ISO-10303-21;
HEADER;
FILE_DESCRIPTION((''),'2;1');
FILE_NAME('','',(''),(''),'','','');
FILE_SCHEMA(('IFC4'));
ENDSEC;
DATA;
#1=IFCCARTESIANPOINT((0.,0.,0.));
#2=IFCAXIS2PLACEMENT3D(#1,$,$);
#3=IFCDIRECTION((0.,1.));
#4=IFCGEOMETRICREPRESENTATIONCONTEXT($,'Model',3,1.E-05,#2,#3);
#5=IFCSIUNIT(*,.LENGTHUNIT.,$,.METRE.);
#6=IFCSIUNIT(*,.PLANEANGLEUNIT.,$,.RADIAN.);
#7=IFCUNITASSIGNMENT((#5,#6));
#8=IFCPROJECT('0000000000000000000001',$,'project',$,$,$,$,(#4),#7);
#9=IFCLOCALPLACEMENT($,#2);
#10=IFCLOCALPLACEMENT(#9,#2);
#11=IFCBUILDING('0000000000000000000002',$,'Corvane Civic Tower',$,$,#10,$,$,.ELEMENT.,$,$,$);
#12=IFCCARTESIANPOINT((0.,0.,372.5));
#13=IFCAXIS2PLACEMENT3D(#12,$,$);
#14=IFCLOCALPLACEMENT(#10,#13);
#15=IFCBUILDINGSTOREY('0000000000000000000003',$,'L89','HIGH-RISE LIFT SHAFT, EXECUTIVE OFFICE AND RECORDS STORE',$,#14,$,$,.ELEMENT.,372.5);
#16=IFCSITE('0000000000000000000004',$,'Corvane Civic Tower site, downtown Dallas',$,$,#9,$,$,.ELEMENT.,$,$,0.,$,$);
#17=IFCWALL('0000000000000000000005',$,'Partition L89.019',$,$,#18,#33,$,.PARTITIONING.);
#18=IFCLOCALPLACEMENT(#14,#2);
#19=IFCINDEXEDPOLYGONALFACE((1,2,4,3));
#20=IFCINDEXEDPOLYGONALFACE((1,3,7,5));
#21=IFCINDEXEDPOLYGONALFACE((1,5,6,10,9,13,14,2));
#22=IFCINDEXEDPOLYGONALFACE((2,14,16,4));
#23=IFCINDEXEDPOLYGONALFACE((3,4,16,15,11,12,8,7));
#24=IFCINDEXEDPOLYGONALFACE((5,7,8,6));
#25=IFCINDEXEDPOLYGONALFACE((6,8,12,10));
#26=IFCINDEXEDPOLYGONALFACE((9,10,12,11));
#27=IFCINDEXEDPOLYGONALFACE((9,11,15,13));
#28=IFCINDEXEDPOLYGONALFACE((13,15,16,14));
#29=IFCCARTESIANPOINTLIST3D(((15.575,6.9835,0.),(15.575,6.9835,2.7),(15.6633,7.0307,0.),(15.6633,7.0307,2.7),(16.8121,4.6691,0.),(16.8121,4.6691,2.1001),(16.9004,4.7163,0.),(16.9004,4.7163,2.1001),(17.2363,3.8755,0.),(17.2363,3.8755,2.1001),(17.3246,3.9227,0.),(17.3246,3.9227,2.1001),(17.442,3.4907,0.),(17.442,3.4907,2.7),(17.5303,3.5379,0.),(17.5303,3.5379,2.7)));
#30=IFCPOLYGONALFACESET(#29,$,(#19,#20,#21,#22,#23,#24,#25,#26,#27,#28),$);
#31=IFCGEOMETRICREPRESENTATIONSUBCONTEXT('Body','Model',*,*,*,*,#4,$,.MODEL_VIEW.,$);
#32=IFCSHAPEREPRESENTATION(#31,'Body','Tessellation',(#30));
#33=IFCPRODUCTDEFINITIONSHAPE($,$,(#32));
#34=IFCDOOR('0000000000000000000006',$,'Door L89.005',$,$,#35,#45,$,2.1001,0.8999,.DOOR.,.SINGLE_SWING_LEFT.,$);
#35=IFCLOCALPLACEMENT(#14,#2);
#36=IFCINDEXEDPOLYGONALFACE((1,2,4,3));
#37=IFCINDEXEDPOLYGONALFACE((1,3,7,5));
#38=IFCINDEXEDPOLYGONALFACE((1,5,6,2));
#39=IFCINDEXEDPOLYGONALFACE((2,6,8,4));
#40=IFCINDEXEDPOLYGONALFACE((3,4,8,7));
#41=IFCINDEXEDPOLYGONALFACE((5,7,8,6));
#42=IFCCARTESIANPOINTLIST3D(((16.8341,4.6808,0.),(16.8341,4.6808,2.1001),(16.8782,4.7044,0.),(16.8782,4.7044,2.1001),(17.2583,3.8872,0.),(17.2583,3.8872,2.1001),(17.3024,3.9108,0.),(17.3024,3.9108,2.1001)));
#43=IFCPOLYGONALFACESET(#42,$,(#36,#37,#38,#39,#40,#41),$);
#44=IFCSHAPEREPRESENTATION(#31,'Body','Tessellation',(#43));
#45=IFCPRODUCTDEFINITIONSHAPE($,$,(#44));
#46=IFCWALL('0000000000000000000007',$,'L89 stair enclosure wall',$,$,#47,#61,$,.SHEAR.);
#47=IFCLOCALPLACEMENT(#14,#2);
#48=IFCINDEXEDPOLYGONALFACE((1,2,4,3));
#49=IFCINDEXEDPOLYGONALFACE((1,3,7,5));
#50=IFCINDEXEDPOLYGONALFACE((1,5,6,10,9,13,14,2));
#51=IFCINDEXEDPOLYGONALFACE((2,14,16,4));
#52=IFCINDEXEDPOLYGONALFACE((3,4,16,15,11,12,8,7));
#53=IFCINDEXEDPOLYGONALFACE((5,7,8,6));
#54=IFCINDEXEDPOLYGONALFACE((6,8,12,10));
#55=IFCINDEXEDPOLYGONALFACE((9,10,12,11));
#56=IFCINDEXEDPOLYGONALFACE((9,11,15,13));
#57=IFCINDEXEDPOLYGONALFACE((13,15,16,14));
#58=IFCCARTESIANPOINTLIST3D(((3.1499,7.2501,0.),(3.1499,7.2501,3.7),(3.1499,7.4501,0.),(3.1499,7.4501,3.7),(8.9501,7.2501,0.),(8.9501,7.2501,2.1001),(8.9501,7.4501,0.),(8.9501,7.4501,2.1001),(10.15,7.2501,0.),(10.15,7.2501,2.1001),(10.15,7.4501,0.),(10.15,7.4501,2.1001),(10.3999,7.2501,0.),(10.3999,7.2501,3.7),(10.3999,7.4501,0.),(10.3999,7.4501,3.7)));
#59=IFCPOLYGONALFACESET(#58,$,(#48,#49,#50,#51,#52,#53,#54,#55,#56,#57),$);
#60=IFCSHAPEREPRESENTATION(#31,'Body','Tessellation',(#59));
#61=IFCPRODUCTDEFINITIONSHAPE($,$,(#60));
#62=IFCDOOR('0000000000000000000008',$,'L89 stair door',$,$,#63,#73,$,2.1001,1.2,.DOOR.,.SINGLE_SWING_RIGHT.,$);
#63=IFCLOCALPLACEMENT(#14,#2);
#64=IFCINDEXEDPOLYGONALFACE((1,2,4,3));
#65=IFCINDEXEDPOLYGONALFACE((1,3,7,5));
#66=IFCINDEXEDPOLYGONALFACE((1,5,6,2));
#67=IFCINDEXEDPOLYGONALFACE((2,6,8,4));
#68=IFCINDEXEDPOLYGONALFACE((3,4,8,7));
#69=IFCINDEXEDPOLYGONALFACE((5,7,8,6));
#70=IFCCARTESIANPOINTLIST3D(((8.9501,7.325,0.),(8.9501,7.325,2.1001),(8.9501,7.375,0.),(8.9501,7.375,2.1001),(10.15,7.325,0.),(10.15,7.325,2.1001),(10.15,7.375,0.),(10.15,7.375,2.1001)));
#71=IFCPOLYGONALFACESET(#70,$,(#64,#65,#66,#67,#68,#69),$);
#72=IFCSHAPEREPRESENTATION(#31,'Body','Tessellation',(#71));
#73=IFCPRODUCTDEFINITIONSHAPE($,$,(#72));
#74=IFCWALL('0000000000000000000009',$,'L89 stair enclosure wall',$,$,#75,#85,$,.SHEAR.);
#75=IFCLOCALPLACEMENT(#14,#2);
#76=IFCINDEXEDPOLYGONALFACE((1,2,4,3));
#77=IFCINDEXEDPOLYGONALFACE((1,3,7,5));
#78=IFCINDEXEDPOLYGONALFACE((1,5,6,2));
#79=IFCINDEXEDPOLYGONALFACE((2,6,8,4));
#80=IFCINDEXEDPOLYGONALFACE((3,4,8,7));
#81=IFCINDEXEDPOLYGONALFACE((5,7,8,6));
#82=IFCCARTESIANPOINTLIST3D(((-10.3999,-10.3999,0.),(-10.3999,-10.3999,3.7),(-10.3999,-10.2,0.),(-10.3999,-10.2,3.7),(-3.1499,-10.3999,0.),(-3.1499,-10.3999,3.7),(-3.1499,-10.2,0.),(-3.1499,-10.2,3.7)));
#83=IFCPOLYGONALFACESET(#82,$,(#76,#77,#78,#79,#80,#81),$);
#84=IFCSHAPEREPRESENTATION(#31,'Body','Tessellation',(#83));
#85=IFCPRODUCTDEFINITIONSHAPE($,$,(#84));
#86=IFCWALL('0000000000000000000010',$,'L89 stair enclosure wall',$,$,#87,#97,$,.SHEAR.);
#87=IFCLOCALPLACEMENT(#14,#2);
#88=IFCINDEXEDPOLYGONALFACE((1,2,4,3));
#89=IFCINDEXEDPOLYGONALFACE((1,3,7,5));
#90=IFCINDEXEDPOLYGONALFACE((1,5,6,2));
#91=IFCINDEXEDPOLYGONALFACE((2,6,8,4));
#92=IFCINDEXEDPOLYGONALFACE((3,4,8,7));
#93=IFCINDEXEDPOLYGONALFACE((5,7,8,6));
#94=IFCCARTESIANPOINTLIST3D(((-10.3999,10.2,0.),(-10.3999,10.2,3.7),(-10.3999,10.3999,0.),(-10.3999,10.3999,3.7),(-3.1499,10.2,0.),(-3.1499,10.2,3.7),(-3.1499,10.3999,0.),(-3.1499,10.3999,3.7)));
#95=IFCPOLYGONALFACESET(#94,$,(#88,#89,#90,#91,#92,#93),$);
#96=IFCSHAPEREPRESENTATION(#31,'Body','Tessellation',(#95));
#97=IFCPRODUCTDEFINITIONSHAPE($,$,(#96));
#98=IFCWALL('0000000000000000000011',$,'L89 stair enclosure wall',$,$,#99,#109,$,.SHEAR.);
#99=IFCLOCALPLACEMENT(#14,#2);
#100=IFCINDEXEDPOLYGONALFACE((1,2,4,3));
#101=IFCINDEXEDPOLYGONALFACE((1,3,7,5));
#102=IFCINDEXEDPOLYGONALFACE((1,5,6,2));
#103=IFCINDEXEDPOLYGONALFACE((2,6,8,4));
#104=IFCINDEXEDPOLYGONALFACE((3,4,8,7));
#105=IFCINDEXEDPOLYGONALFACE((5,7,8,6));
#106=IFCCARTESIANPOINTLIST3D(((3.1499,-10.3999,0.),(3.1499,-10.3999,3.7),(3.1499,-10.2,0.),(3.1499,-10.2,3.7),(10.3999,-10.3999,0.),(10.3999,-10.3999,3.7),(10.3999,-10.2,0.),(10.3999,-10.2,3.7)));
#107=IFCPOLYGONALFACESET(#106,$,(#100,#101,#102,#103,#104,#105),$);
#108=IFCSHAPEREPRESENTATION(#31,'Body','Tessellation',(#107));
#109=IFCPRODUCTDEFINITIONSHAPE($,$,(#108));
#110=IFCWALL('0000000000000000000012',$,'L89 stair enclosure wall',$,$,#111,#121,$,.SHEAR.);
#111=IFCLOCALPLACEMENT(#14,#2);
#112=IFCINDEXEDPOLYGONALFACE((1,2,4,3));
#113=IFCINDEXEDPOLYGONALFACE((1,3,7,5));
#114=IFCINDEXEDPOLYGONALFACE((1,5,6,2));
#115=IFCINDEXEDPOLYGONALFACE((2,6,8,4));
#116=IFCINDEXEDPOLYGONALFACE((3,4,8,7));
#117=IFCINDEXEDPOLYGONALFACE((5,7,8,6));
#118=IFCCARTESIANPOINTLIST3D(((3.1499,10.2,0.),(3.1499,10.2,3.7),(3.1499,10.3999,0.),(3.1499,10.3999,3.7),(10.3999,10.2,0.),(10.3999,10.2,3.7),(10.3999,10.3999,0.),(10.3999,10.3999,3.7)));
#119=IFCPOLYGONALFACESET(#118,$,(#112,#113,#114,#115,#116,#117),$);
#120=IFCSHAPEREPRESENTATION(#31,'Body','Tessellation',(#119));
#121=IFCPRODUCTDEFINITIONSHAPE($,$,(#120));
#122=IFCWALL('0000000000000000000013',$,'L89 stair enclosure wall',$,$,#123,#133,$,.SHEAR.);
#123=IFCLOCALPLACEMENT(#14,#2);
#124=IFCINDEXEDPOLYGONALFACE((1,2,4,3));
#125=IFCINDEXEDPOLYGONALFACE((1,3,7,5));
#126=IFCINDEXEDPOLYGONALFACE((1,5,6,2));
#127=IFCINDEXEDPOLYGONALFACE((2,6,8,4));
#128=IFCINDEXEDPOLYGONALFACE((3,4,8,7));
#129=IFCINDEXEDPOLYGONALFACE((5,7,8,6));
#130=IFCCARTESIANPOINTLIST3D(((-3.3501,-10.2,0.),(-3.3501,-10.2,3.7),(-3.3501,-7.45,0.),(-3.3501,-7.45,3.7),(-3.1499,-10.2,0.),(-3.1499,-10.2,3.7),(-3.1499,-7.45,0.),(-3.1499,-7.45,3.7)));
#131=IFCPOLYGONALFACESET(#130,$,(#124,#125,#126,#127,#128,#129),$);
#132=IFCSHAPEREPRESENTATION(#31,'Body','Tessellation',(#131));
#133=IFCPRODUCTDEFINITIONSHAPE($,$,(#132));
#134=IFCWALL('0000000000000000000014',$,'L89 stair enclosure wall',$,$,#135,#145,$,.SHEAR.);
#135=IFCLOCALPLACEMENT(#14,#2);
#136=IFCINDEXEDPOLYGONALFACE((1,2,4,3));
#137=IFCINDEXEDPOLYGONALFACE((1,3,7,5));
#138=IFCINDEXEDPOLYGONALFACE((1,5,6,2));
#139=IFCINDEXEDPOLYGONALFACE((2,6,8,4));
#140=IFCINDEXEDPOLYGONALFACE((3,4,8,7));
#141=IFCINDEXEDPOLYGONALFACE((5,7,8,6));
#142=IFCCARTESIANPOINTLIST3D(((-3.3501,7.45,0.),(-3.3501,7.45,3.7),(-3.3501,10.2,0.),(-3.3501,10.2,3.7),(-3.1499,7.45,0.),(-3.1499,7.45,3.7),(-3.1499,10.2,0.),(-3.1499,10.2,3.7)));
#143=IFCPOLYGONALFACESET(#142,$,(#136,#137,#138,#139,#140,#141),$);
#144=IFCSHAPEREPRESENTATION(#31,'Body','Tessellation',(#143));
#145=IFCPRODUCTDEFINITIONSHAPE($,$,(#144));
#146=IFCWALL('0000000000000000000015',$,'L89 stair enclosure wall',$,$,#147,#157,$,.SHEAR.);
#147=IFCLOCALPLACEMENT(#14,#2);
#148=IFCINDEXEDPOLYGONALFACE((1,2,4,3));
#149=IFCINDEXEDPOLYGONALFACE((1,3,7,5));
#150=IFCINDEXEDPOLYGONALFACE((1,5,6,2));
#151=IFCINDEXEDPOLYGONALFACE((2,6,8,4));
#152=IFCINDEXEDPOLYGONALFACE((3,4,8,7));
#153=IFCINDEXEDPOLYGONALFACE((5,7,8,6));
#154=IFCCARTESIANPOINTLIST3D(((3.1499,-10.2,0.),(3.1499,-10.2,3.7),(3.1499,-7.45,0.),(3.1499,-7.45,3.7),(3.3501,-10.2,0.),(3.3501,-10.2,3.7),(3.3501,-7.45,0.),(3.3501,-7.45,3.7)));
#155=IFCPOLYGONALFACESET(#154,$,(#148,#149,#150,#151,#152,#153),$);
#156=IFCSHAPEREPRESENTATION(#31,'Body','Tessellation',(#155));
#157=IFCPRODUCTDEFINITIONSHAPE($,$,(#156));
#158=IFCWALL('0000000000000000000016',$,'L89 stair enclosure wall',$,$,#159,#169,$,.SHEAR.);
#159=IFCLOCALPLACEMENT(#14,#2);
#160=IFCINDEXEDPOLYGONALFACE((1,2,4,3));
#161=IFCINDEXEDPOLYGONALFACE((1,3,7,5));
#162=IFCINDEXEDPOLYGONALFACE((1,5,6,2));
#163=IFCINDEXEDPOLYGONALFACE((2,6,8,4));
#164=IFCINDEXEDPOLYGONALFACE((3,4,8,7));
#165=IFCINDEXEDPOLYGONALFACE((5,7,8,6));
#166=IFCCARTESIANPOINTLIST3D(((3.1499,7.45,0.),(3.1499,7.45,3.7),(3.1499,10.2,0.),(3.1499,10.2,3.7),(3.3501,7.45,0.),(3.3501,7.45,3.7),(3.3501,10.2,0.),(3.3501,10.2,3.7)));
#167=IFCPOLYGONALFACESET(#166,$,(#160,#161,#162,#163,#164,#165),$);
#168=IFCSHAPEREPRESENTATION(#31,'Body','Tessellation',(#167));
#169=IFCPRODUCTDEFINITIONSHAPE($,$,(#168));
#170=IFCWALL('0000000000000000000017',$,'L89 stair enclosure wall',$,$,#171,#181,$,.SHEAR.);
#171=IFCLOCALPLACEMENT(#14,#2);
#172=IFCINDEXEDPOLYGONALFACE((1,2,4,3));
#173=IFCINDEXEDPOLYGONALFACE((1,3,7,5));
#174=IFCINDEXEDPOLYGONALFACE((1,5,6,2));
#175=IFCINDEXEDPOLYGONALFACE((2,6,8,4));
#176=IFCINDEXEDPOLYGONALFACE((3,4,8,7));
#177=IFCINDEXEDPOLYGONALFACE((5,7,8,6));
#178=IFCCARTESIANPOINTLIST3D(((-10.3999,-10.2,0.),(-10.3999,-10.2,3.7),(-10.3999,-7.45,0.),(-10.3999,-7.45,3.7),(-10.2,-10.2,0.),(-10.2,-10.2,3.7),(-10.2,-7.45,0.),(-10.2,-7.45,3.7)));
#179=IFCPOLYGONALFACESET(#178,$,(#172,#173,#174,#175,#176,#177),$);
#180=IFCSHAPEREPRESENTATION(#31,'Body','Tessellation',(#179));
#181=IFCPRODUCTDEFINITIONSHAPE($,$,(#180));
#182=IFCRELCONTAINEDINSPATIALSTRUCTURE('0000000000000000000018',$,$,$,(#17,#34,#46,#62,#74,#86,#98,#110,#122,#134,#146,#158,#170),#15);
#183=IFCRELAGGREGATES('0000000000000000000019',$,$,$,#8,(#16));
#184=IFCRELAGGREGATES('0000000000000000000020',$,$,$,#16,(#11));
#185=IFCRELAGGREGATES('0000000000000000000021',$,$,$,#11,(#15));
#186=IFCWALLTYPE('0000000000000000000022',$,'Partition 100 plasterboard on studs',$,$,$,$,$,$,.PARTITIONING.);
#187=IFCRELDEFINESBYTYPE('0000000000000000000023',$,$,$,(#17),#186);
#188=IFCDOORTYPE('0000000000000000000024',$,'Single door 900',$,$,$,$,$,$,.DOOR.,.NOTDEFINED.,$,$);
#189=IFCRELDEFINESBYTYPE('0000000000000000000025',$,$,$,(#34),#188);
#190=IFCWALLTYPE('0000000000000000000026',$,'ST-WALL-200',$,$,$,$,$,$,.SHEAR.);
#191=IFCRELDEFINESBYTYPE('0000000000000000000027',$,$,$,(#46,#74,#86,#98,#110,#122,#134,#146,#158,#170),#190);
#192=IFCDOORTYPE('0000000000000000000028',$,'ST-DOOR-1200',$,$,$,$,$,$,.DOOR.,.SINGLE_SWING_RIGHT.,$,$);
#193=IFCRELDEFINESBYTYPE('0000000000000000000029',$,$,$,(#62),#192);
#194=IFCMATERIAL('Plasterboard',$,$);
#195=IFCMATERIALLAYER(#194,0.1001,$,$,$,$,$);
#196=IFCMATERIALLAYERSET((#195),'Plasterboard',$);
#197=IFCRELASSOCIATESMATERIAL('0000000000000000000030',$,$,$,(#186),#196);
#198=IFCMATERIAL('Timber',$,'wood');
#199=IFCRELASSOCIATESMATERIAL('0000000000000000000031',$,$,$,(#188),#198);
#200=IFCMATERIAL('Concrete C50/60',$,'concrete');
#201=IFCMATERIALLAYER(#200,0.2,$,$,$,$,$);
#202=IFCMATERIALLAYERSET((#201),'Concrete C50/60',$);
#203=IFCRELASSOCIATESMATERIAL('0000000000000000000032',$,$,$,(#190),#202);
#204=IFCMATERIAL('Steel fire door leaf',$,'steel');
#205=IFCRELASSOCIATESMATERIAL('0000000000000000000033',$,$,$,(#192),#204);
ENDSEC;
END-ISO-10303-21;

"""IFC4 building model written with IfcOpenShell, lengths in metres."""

from ifc_helpers import new_model, si_unit, direction, frame, frame_2d, origin, place, context, subcontext, project, spatial, polyline, rectangle, outline, extrude, material, layer, layer_set, type_object, element, fill, save


model = new_model("IFC4")

# Units and contexts
model_context = context("Model", 3, precision=1e-05, world=origin(), true_north=direction((0.0, 1.0)))
body_context = subcontext(model_context, "Body", "Model", "MODEL_VIEW")
ifc_project = project(units=[si_unit("LENGTHUNIT", "METRE"), si_unit("PLANEANGLEUNIT", "RADIAN")], contexts=[model_context])

# Site, building, storey
site_placement = place(None, origin())
site = spatial("IfcSite", under=ifc_project, at=site_placement, Name="Corvane Civic Tower site, downtown Dallas", CompositionType="ELEMENT", RefElevation=0.0)
building_placement = place(site_placement, origin())
building = spatial("IfcBuilding", under=site, at=building_placement, Name="Corvane Civic Tower", CompositionType="ELEMENT")
storey_placement = place(building_placement, frame((0.0, 0.0, 372.5)))
storey = spatial("IfcBuildingStorey", under=building, at=storey_placement, Name="L89", Description="HIGH-RISE LIFT SHAFT, EXECUTIVE OFFICE AND RECORDS STORE", CompositionType="ELEMENT", Elevation=372.5)

# Shared definitions
ifc_material_1 = material(Name="Plasterboard")
ifc_layer_1 = layer(ifc_material_1, 0.1001)
ifc_layer_set_1 = layer_set([ifc_layer_1], Name="Plasterboard")
wall_type_1 = type_object("IfcWallType", Name="Partition 100 plasterboard on studs", PredefinedType="PARTITIONING", material=ifc_layer_set_1)

# Walls, openings, doors
wall_1_placement = place(storey_placement, frame((15.6191, 7.0071, 0.0), z_axis=(0.0, 0.0, 1.0), x_axis=(0.47141, -0.881914, 0.0)))
wall_1 = element("IfcWall", 1, at=wall_1_placement, inside=storey, type_object=wall_type_1, Name="Partition L89.019", PredefinedType="PARTITIONING", context=body_context, shape_type="SweptSolid", body=[
    extrude(rectangle(XDim=3.9604, YDim=0.1001, at=frame_2d((1.9802, 0.0))), origin(), (0.0, 0.0, 1.0), 2.7),
])
opening_1_placement = place(wall_1_placement, frame((2.6243, 0.0, 0.0)))
opening_1 = element("IfcOpeningElement", 2, at=opening_1_placement, cuts=wall_1, PredefinedType="OPENING", context=body_context, shape_type="SweptSolid", body=[
    extrude(rectangle(XDim=0.8999, YDim=2.1001, at=frame_2d((0.45, 1.05))), frame((0.0, 0.0601, 0.0), z_axis=(0.0, -1.0, 0.0), x_axis=(1.0, 0.0, 0.0)), (0.0, 0.0, 1.0), 0.1201),
])
ifc_material_2 = material(Name="Timber", Category="wood")
door_type_1 = type_object("IfcDoorType", Name="Single door 900", OperationType="NOTDEFINED", PredefinedType="DOOR", material=ifc_material_2)
door_1_placement = place(opening_1_placement, origin())
door_1 = element("IfcDoor", 3, at=door_1_placement, inside=storey, type_object=door_type_1, Name="Door L89.005", OperationType="SINGLE_SWING_LEFT", OverallHeight=2.1001, OverallWidth=0.8999, PredefinedType="DOOR", context=body_context, shape_type="SweptSolid", body=[
    extrude(rectangle(XDim=0.8999, YDim=2.1001, at=frame_2d((0.45, 1.05))), frame((0.0, 0.0249, 0.0), z_axis=(0.0, -1.0, 0.0), x_axis=(1.0, 0.0, 0.0)), (0.0, 0.0, 1.0), 0.05),
])
fill(opening_1, door_1)
ifc_material_3 = material(Name="Concrete C50/60", Category="concrete")
ifc_layer_2 = layer(ifc_material_3, 0.2)
ifc_layer_set_2 = layer_set([ifc_layer_2], Name="Concrete C50/60")
wall_type_2 = type_object("IfcWallType", Name="ST-WALL-200", PredefinedType="SHEAR", material=ifc_layer_set_2)
wall_2_placement = place(storey_placement, frame((3.1499, 7.3501, 0.0), z_axis=(0.0, 0.0, 1.0), x_axis=(1.0, 0.0, 0.0)))
wall_2 = element("IfcWall", 4, at=wall_2_placement, inside=storey, type_object=wall_type_2, Name="L89 stair enclosure wall", PredefinedType="SHEAR", context=body_context, shape_type="SweptSolid", body=[
    extrude(rectangle(XDim=7.25, YDim=0.2, at=frame_2d((3.625, 0.0))), origin(), (0.0, 0.0, 1.0), 3.7),
])
opening_2_placement = place(wall_2_placement, frame((5.8, 0.0, 0.0)))
opening_2 = element("IfcOpeningElement", 5, at=opening_2_placement, cuts=wall_2, PredefinedType="OPENING", context=body_context, shape_type="SweptSolid", body=[
    extrude(rectangle(XDim=1.2, YDim=2.1001, at=frame_2d((0.6001, 1.05))), frame((0.0, 0.1099, 0.0), z_axis=(0.0, -1.0, 0.0), x_axis=(1.0, 0.0, 0.0)), (0.0, 0.0, 1.0), 0.22),
])
ifc_material_4 = material(Name="Steel fire door leaf", Category="steel")
door_type_2 = type_object("IfcDoorType", Name="ST-DOOR-1200", OperationType="SINGLE_SWING_RIGHT", PredefinedType="DOOR", material=ifc_material_4)
door_2_placement = place(opening_2_placement, origin())
door_2 = element("IfcDoor", 6, at=door_2_placement, inside=storey, type_object=door_type_2, Name="L89 stair door", OperationType="SINGLE_SWING_RIGHT", OverallHeight=2.1001, OverallWidth=1.2, PredefinedType="DOOR", context=body_context, shape_type="SweptSolid", body=[
    extrude(rectangle(XDim=1.2, YDim=2.1001, at=frame_2d((0.6001, 1.05))), frame((0.0, 0.0249, 0.0), z_axis=(0.0, -1.0, 0.0), x_axis=(1.0, 0.0, 0.0)), (0.0, 0.0, 1.0), 0.05),
])
fill(opening_2, door_2)

# Walls
wall_3_placement = place(storey_placement, origin())
element("IfcWall", 7, at=wall_3_placement, inside=storey, type_object=wall_type_2, Name="L89 stair enclosure wall", PredefinedType="SHEAR", context=body_context, shape_type="SweptSolid", body=[
    extrude(outline(polyline([(-3.1499, -10.2), (-3.1499, -10.3999), (-10.3999, -10.3999), (-10.3999, -10.2), (-3.1499, -10.2)])), origin(), (0.0, 0.0, 1.0), 3.7),
])
wall_4_placement = place(storey_placement, origin())
element("IfcWall", 8, at=wall_4_placement, inside=storey, type_object=wall_type_2, Name="L89 stair enclosure wall", PredefinedType="SHEAR", context=body_context, shape_type="SweptSolid", body=[
    extrude(outline(polyline([(-3.1499, 10.2), (-10.3999, 10.2), (-10.3999, 10.3999), (-3.1499, 10.3999), (-3.1499, 10.2)])), origin(), (0.0, 0.0, 1.0), 3.7),
])
wall_5_placement = place(storey_placement, origin())
element("IfcWall", 9, at=wall_5_placement, inside=storey, type_object=wall_type_2, Name="L89 stair enclosure wall", PredefinedType="SHEAR", context=body_context, shape_type="SweptSolid", body=[
    extrude(outline(polyline([(10.3999, -10.3999), (3.1499, -10.3999), (3.1499, -10.2), (10.3999, -10.2), (10.3999, -10.3999)])), origin(), (0.0, 0.0, 1.0), 3.7),
])
wall_6_placement = place(storey_placement, origin())
element("IfcWall", 10, at=wall_6_placement, inside=storey, type_object=wall_type_2, Name="L89 stair enclosure wall", PredefinedType="SHEAR", context=body_context, shape_type="SweptSolid", body=[
    extrude(outline(polyline([(10.3999, 10.2), (3.1499, 10.2), (3.1499, 10.3999), (10.3999, 10.3999), (10.3999, 10.2)])), origin(), (0.0, 0.0, 1.0), 3.7),
])
wall_7_placement = place(storey_placement, origin())
element("IfcWall", 11, at=wall_7_placement, inside=storey, type_object=wall_type_2, Name="L89 stair enclosure wall", PredefinedType="SHEAR", context=body_context, shape_type="SweptSolid", body=[
    extrude(outline(polyline([(-3.1499, -7.45), (-3.1499, -10.2), (-3.3501, -10.2), (-3.3501, -7.45), (-3.1499, -7.45)])), origin(), (0.0, 0.0, 1.0), 3.7),
])
wall_8_placement = place(storey_placement, origin())
element("IfcWall", 12, at=wall_8_placement, inside=storey, type_object=wall_type_2, Name="L89 stair enclosure wall", PredefinedType="SHEAR", context=body_context, shape_type="SweptSolid", body=[
    extrude(outline(polyline([(-3.1499, 7.45), (-3.3501, 7.45), (-3.3501, 10.2), (-3.1499, 10.2), (-3.1499, 7.45)])), origin(), (0.0, 0.0, 1.0), 3.7),
])
wall_9_placement = place(storey_placement, origin())
element("IfcWall", 13, at=wall_9_placement, inside=storey, type_object=wall_type_2, Name="L89 stair enclosure wall", PredefinedType="SHEAR", context=body_context, shape_type="SweptSolid", body=[
    extrude(outline(polyline([(3.3501, -7.45), (3.3501, -10.2), (3.1499, -10.2), (3.1499, -7.45), (3.3501, -7.45)])), origin(), (0.0, 0.0, 1.0), 3.7),
])
wall_10_placement = place(storey_placement, origin())
element("IfcWall", 14, at=wall_10_placement, inside=storey, type_object=wall_type_2, Name="L89 stair enclosure wall", PredefinedType="SHEAR", context=body_context, shape_type="SweptSolid", body=[
    extrude(outline(polyline([(3.3501, 7.45), (3.1499, 7.45), (3.1499, 10.2), (3.3501, 10.2), (3.3501, 7.45)])), origin(), (0.0, 0.0, 1.0), 3.7),
])
wall_11_placement = place(storey_placement, origin())
element("IfcWall", 15, at=wall_11_placement, inside=storey, type_object=wall_type_2, Name="L89 stair enclosure wall", PredefinedType="SHEAR", context=body_context, shape_type="SweptSolid", body=[
    extrude(outline(polyline([(-10.2, -7.45), (-10.2, -10.2), (-10.3999, -10.2), (-10.3999, -7.45), (-10.2, -7.45)])), origin(), (0.0, 0.0, 1.0), 3.7),
])

save(model, "model.ifc")
